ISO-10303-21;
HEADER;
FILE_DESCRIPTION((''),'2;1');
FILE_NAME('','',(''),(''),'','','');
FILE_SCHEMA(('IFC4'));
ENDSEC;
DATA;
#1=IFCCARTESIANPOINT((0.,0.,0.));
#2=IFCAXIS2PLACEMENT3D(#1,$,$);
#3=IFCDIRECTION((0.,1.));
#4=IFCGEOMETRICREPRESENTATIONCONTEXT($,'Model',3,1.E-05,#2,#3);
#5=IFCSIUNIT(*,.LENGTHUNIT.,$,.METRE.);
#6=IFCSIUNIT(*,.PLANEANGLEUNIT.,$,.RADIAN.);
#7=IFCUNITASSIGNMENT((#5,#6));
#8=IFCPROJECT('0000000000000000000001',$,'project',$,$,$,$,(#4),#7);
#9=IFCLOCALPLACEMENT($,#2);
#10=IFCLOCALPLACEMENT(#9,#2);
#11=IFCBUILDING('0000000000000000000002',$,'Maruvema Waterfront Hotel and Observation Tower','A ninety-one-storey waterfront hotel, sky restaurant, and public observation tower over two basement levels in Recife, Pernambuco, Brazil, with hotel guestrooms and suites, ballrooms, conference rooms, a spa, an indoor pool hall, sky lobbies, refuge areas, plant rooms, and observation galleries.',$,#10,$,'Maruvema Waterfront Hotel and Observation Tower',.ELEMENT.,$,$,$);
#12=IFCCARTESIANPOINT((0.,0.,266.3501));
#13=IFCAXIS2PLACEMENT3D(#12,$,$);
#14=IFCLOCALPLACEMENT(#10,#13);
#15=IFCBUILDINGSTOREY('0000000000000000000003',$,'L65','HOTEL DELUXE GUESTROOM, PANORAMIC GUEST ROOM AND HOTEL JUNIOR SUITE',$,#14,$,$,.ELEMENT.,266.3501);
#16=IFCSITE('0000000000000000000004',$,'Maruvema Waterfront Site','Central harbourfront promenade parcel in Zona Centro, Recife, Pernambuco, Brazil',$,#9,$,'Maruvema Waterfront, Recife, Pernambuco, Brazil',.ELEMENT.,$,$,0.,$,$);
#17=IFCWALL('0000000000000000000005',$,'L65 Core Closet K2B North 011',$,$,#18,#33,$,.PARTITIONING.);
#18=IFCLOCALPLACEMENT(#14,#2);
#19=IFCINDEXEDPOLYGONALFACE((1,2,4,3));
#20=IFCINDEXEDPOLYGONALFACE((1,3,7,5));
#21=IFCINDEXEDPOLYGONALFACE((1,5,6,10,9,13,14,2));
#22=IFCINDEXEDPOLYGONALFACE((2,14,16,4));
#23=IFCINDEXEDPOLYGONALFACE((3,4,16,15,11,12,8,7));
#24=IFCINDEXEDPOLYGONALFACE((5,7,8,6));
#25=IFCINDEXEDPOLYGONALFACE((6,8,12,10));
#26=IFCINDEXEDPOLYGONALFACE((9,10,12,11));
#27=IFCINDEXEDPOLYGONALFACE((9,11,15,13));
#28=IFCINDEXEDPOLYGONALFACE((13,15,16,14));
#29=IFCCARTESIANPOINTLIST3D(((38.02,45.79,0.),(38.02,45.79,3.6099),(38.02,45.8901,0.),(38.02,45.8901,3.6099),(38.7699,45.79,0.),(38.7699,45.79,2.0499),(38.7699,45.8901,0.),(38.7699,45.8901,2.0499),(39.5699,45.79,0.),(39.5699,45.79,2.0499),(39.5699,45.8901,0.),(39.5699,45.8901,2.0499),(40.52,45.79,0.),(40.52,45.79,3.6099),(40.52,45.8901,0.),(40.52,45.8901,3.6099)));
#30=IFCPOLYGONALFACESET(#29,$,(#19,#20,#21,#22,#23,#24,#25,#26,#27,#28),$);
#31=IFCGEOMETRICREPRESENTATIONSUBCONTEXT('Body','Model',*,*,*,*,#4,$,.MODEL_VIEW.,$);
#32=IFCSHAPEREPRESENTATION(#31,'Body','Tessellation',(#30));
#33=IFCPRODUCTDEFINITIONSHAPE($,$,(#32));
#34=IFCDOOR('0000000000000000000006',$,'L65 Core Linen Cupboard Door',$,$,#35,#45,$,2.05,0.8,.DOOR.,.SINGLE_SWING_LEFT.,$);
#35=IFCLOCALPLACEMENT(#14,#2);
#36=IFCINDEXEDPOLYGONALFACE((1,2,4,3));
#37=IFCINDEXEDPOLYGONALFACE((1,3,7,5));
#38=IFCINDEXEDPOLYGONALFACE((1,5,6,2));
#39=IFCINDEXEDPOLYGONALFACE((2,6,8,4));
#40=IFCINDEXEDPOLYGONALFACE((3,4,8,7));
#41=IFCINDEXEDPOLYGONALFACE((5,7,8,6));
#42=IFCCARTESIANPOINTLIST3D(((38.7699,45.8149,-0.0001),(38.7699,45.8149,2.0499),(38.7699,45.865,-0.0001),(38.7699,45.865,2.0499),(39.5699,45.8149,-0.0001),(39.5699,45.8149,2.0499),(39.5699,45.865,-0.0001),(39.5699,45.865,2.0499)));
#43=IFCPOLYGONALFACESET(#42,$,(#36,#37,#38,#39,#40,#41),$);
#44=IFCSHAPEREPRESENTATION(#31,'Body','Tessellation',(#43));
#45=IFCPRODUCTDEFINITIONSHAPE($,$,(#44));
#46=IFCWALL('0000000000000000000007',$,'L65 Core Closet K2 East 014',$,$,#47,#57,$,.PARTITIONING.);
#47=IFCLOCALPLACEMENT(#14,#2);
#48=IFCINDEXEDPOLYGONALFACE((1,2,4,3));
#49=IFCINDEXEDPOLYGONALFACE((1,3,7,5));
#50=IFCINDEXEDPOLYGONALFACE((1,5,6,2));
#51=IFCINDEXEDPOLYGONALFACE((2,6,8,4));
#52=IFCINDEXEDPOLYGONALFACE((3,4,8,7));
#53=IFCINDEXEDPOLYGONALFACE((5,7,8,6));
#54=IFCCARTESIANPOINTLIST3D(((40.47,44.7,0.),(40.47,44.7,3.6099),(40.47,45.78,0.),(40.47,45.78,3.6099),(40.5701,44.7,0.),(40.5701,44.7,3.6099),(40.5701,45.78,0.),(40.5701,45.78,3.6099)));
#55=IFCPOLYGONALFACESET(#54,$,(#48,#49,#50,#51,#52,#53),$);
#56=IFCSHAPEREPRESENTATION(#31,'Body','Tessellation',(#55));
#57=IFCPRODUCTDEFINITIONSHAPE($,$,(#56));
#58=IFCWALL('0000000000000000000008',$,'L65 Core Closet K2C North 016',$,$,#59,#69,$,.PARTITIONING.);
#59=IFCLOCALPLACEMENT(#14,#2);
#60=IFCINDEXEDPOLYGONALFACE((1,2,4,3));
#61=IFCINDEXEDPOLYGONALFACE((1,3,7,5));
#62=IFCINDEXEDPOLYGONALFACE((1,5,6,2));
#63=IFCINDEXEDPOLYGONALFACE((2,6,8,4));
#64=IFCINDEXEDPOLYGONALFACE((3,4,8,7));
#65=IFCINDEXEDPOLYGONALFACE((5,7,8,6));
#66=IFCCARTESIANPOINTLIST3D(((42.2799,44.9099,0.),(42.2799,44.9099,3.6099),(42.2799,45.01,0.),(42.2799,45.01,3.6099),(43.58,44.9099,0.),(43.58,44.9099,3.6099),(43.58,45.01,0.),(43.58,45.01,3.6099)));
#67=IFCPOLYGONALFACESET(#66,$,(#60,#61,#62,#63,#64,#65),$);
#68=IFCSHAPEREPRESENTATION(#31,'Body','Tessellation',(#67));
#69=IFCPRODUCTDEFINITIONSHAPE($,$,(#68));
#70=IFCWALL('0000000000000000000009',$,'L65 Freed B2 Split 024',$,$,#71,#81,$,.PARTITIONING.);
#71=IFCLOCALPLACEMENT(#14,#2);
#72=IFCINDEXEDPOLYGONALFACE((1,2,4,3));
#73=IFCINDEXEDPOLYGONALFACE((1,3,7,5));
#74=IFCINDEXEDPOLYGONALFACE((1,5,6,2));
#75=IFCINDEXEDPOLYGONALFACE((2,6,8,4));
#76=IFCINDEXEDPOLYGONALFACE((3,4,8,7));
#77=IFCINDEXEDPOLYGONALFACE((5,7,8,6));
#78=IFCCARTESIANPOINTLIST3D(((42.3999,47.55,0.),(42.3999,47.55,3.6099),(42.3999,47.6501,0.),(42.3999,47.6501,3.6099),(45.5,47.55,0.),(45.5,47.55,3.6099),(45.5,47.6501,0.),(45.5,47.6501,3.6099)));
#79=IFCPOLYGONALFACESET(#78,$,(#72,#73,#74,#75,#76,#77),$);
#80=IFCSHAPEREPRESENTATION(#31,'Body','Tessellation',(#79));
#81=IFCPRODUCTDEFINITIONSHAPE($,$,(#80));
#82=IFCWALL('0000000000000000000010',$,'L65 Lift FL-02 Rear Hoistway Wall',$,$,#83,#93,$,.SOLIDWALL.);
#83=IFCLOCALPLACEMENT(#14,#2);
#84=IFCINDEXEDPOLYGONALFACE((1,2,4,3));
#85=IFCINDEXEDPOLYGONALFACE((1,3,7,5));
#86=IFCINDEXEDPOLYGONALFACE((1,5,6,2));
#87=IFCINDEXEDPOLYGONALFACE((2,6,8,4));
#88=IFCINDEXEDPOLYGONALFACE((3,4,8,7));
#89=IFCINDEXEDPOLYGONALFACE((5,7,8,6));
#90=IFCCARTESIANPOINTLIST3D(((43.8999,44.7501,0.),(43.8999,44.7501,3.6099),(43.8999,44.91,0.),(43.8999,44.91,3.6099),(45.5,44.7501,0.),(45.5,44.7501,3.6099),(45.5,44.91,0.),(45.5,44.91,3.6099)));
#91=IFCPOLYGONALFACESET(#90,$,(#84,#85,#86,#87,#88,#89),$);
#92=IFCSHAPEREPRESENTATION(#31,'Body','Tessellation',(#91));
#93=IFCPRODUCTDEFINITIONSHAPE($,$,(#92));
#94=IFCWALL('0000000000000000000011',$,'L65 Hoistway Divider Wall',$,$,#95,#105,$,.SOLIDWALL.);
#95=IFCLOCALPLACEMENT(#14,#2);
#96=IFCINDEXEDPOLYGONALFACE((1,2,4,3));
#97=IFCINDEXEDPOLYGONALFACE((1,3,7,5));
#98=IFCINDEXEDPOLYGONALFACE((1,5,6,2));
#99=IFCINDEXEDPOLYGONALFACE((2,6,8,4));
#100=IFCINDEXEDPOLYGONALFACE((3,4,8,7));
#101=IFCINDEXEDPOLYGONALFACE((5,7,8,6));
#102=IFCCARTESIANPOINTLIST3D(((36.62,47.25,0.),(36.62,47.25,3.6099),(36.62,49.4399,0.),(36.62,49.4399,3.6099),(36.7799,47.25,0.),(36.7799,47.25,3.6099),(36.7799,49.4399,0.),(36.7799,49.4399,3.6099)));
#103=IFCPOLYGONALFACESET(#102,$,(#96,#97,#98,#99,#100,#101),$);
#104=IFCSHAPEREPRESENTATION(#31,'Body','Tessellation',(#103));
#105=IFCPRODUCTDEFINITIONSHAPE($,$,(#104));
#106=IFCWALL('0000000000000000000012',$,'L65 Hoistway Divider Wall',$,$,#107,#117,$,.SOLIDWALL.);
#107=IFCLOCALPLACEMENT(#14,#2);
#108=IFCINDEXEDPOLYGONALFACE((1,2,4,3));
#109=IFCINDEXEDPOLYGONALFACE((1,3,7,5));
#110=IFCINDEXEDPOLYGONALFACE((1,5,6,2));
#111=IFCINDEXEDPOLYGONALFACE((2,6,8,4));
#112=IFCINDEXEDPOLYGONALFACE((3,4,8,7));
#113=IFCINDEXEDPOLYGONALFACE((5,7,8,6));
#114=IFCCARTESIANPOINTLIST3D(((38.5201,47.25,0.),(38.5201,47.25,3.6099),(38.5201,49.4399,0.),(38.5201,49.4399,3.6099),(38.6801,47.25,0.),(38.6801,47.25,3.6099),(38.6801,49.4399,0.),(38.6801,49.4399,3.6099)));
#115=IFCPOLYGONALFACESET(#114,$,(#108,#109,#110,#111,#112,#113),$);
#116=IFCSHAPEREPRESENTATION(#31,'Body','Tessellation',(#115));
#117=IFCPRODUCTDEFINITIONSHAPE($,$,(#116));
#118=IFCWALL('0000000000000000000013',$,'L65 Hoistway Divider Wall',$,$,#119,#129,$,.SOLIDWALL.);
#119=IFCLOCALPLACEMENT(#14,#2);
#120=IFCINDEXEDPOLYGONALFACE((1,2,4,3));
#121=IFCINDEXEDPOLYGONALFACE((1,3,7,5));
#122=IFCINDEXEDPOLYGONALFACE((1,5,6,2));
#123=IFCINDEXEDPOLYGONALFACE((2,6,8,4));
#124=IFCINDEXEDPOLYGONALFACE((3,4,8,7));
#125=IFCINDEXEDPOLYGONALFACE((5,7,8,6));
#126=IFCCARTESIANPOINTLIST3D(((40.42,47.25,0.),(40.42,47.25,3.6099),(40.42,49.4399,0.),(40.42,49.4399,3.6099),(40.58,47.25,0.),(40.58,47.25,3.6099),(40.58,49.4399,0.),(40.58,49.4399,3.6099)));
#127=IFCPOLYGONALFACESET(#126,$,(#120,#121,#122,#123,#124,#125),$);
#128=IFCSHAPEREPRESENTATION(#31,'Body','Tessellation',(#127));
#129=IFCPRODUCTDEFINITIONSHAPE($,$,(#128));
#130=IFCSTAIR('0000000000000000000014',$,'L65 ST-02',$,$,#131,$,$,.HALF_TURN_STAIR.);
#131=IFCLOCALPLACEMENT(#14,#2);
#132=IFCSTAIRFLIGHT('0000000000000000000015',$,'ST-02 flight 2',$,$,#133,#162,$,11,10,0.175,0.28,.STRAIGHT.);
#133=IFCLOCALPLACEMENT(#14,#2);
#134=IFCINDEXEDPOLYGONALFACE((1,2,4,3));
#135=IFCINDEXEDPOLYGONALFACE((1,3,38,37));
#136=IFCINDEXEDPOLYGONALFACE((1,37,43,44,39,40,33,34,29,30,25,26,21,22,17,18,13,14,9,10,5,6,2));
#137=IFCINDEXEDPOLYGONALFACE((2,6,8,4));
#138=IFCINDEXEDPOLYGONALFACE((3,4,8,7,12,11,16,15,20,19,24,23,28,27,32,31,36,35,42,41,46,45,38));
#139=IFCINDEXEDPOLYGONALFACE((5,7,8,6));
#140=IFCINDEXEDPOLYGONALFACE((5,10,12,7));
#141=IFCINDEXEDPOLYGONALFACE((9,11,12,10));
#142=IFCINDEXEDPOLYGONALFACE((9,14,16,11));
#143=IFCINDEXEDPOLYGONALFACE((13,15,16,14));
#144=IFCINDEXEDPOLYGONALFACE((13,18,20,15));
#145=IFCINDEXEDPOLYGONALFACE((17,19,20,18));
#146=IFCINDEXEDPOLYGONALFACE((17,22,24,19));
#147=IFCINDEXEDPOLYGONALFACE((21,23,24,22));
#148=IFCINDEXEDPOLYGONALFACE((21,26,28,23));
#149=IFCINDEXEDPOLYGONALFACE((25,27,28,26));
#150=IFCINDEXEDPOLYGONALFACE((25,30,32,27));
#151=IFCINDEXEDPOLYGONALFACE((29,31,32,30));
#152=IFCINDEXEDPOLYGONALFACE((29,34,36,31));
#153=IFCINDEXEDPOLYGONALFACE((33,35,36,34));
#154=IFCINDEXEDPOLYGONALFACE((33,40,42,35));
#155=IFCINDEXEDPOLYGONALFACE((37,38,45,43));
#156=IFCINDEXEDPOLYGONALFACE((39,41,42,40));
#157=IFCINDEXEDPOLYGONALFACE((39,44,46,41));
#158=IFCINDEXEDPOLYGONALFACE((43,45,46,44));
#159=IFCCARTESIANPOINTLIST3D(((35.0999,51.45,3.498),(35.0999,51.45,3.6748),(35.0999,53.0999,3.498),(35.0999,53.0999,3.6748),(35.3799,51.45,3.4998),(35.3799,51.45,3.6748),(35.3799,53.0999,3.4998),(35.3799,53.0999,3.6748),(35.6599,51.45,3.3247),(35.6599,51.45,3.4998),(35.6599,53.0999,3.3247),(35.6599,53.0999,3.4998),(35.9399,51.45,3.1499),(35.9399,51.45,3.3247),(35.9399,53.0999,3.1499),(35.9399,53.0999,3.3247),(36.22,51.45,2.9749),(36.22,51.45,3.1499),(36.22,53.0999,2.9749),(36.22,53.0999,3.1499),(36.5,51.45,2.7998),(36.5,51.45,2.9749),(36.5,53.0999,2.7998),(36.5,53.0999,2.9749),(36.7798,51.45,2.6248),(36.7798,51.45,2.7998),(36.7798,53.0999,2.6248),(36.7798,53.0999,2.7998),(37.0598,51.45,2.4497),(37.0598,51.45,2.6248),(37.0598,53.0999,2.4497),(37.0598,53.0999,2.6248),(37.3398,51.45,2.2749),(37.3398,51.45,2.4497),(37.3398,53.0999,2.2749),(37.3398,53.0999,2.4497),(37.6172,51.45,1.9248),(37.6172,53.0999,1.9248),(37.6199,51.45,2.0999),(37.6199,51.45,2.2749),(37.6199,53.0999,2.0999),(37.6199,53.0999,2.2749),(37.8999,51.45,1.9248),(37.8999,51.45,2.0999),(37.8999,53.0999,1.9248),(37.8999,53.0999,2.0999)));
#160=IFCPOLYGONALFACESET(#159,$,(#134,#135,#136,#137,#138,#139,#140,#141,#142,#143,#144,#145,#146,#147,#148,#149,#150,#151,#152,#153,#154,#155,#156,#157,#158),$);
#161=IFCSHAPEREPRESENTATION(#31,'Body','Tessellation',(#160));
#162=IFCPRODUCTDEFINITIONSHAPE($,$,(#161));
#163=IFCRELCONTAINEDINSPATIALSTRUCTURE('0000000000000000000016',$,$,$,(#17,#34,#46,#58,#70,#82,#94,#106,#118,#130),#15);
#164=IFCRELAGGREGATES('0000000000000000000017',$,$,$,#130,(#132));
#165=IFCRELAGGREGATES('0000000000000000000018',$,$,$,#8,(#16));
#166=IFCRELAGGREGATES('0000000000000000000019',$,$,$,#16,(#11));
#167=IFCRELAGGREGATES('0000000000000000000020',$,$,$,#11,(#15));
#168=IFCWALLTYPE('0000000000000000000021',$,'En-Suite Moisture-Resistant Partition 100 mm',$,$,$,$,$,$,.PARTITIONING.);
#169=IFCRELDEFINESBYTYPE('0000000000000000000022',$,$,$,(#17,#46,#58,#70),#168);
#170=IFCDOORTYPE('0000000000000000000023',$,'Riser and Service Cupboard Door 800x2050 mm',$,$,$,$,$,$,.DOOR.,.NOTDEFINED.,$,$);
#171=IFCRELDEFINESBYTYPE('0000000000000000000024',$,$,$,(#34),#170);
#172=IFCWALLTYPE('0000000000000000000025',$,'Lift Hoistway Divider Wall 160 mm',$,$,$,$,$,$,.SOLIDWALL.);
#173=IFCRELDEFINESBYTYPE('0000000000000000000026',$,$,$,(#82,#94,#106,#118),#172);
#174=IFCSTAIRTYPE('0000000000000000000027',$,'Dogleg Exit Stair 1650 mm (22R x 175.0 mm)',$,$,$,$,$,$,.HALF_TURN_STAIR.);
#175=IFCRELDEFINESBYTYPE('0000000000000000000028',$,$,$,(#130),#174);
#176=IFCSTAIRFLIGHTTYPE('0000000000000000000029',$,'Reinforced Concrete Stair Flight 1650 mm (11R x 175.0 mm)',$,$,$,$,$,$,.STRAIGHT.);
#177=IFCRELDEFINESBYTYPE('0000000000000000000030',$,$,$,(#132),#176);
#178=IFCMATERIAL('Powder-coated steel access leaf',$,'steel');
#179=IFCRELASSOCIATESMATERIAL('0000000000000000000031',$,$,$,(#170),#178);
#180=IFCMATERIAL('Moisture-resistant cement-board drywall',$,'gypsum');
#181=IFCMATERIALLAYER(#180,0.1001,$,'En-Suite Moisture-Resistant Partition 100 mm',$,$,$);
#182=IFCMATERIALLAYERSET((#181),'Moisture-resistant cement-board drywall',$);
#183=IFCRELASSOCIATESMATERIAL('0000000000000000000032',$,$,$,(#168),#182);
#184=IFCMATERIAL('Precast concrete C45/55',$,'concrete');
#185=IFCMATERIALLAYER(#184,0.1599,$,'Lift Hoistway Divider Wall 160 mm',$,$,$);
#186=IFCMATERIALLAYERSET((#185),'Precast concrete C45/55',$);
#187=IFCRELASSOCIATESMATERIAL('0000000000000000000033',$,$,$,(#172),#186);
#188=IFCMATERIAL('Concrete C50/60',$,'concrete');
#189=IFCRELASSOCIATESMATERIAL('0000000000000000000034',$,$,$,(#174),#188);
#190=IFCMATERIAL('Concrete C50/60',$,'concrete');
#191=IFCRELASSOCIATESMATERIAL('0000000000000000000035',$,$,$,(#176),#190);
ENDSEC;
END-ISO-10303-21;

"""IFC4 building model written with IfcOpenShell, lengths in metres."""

from ifc_helpers import new_model, si_unit, direction, frame, frame_2d, origin, place, context, subcontext, project, spatial, polyline, rectangle, outline, extrude, material, layer, layer_set, type_object, element, fill, aggregate, save


model = new_model("IFC4")

# Units and contexts
model_context = context("Model", 3, precision=1e-05, world=origin(), true_north=direction((0.0, 1.0)))
body_context = subcontext(model_context, "Body", "Model", "MODEL_VIEW")
ifc_project = project(units=[si_unit("LENGTHUNIT", "METRE"), si_unit("PLANEANGLEUNIT", "RADIAN")], contexts=[model_context])

# Site, building, storey
site_placement = place(None, origin())
site = spatial("IfcSite", under=ifc_project, at=site_placement, Name="Maruvema Waterfront Site", Description="Central harbourfront promenade parcel in Zona Centro, Recife, Pernambuco, Brazil", LongName="Maruvema Waterfront, Recife, Pernambuco, Brazil", CompositionType="ELEMENT", RefElevation=0.0)
building_placement = place(site_placement, origin())
building = spatial("IfcBuilding", under=site, at=building_placement, Name="Maruvema Waterfront Hotel and Observation Tower", Description="A ninety-one-storey waterfront hotel, sky restaurant, and public observation tower over two basement levels in Recife, Pernambuco, Brazil, with hotel guestrooms and suites, ballrooms, conference rooms, a spa, an indoor pool hall, sky lobbies, refuge areas, plant rooms, and observation galleries.", LongName="Maruvema Waterfront Hotel and Observation Tower", CompositionType="ELEMENT")
storey_placement = place(building_placement, frame((0.0, 0.0, 266.3501)))
storey = spatial("IfcBuildingStorey", under=building, at=storey_placement, Name="L65", Description="HOTEL DELUXE GUESTROOM, PANORAMIC GUEST ROOM AND HOTEL JUNIOR SUITE", CompositionType="ELEMENT", Elevation=266.3501)

# Shared definitions
ifc_material_1 = material(Name="Powder-coated steel access leaf", Category="steel")
door_type = type_object("IfcDoorType", Name="Riser and Service Cupboard Door 800x2050 mm", OperationType="NOTDEFINED", PredefinedType="DOOR", material=ifc_material_1)

# Wall, opening, door
ifc_material_2 = material(Name="Moisture-resistant cement-board drywall", Category="gypsum")
ifc_layer_1 = layer(ifc_material_2, 0.1001, Name="En-Suite Moisture-Resistant Partition 100 mm")
ifc_layer_set_1 = layer_set([ifc_layer_1], Name="Moisture-resistant cement-board drywall")
wall_type_1 = type_object("IfcWallType", Name="En-Suite Moisture-Resistant Partition 100 mm", PredefinedType="PARTITIONING", material=ifc_layer_set_1)
wall_1_placement = place(storey_placement, frame((38.02, 45.8401, 0.0), z_axis=(0.0, 0.0, 1.0), x_axis=(1.0, 0.0, 0.0)))
wall_1 = element("IfcWall", 1, at=wall_1_placement, inside=storey, type_object=wall_type_1, Name="L65 Core Closet K2B North 011", PredefinedType="PARTITIONING", context=body_context, shape_type="SweptSolid", body=[
    extrude(rectangle(XDim=2.5, YDim=0.1001, at=frame_2d((1.25, 0.0))), origin(), (0.0, 0.0, 1.0), 3.6099),
])
opening_1_placement = place(wall_1_placement, frame((0.75, 0.0, 0.0)))
opening_1 = element("IfcOpeningElement", 2, at=opening_1_placement, cuts=wall_1, PredefinedType="OPENING", context=body_context, shape_type="SweptSolid", body=[
    extrude(rectangle(XDim=0.8, YDim=2.05, at=frame_2d((0.3999, 1.0249))), frame((0.0, 0.0601, 0.0), z_axis=(0.0, -1.0, 0.0), x_axis=(1.0, 0.0, 0.0)), (0.0, 0.0, 1.0), 0.1201),
])
door_1_placement = place(opening_1_placement, origin())
door_1 = element("IfcDoor", 3, at=door_1_placement, inside=storey, type_object=door_type, Name="L65 Core Linen Cupboard Door", OperationType="SINGLE_SWING_LEFT", OverallHeight=2.05, OverallWidth=0.8, PredefinedType="DOOR", context=body_context, shape_type="SweptSolid", body=[
    extrude(rectangle(XDim=0.8, YDim=2.05, at=frame_2d((0.3999, 1.0249))), frame((0.0, 0.0249, 0.0), z_axis=(0.0, -1.0, 0.0), x_axis=(1.0, 0.0, 0.0)), (0.0, 0.0, 1.0), 0.05),
])
fill(opening_1, door_1)

# Walls
wall_2_placement = place(storey_placement, frame((40.52, 44.7, 0.0), z_axis=(0.0, 0.0, 1.0), x_axis=(0.0, 1.0, 0.0)))
element("IfcWall", 4, at=wall_2_placement, inside=storey, type_object=wall_type_1, Name="L65 Core Closet K2 East 014", PredefinedType="PARTITIONING", context=body_context, shape_type="SweptSolid", body=[
    extrude(rectangle(XDim=1.0801, YDim=0.1001, at=frame_2d((0.54, 0.0))), origin(), (0.0, 0.0, 1.0), 3.6099),
])
wall_3_placement = place(storey_placement, frame((42.28, 44.96, 0.0), z_axis=(0.0, 0.0, 1.0), x_axis=(1.0, 0.0, 0.0)))
element("IfcWall", 5, at=wall_3_placement, inside=storey, type_object=wall_type_1, Name="L65 Core Closet K2C North 016", PredefinedType="PARTITIONING", context=body_context, shape_type="SweptSolid", body=[
    extrude(rectangle(XDim=1.3, YDim=0.1001, at=frame_2d((0.6499, 0.0))), origin(), (0.0, 0.0, 1.0), 3.6099),
])
wall_4_placement = place(storey_placement, frame((42.3999, 47.6001, 0.0), z_axis=(0.0, 0.0, 1.0), x_axis=(1.0, 0.0, 0.0)))
element("IfcWall", 6, at=wall_4_placement, inside=storey, type_object=wall_type_1, Name="L65 Freed B2 Split 024", PredefinedType="PARTITIONING", context=body_context, shape_type="SweptSolid", body=[
    extrude(rectangle(XDim=3.1001, YDim=0.1001, at=frame_2d((1.55, 0.0))), origin(), (0.0, 0.0, 1.0), 3.6099),
])
ifc_material_3 = material(Name="Precast concrete C45/55", Category="concrete")
ifc_layer_2 = layer(ifc_material_3, 0.1599, Name="Lift Hoistway Divider Wall 160 mm")
ifc_layer_set_2 = layer_set([ifc_layer_2], Name="Precast concrete C45/55")
wall_type_2 = type_object("IfcWallType", Name="Lift Hoistway Divider Wall 160 mm", PredefinedType="SOLIDWALL", material=ifc_layer_set_2)
wall_5_placement = place(storey_placement, frame((43.8999, 44.8301, 0.0), z_axis=(0.0, 0.0, 1.0), x_axis=(1.0, 0.0, 0.0)))
element("IfcWall", 7, at=wall_5_placement, inside=storey, type_object=wall_type_2, Name="L65 Lift FL-02 Rear Hoistway Wall", PredefinedType="SOLIDWALL", context=body_context, shape_type="SweptSolid", body=[
    extrude(rectangle(XDim=1.6001, YDim=0.1599, at=frame_2d((0.8, 0.0))), origin(), (0.0, 0.0, 1.0), 3.6099),
])
for number, where, z_axis, x_axis, name in (
    (8, (36.7, 47.25, 0.0), (0.0, 0.0, 1.0), (0.0, 1.0, 0.0), "L65 Hoistway Divider Wall"),
    (9, (38.6001, 47.25, 0.0), (0.0, 0.0, 1.0), (0.0, 1.0, 0.0), "L65 Hoistway Divider Wall"),
    (10, (40.5, 47.25, 0.0), (0.0, 0.0, 1.0), (0.0, 1.0, 0.0), "L65 Hoistway Divider Wall"),
):
    element("IfcWall", number, at=place(storey_placement, frame(where, z_axis=z_axis, x_axis=x_axis)), inside=storey, type_object=wall_type_2, Name=name, PredefinedType="SOLIDWALL", context=body_context, shape_type="SweptSolid", body=[
        extrude(rectangle(XDim=2.1899, YDim=0.1599, at=frame_2d((1.095, 0.0))), origin(), (0.0, 0.0, 1.0), 3.6099),
    ])

# Stair, stair flight
ifc_material_4 = material(Name="Concrete C50/60", Category="concrete")
stair_type = type_object("IfcStairType", Name="Dogleg Exit Stair 1650 mm (22R x 175.0 mm)", PredefinedType="HALF_TURN_STAIR", material=ifc_material_4)
stair_placement = place(storey_placement, origin())
stair = element("IfcStair", 11, at=stair_placement, inside=storey, type_object=stair_type, Name="L65 ST-02", PredefinedType="HALF_TURN_STAIR")
ifc_material_5 = material(Name="Concrete C50/60", Category="concrete")
stair_flight_type = type_object("IfcStairFlightType", Name="Reinforced Concrete Stair Flight 1650 mm (11R x 175.0 mm)", PredefinedType="STRAIGHT", material=ifc_material_5)
stair_flight_placement = place(storey_placement, frame((37.8999, 52.2749, 1.9248), z_axis=(0.0, 0.0, 1.0), x_axis=(-1.0, 0.0, 0.0)))
stair_flight = element("IfcStairFlight", 12, at=stair_flight_placement, type_object=stair_flight_type, Name="ST-02 flight 2", NumberOfRisers=11, NumberOfTreads=10, PredefinedType="STRAIGHT", RiserHeight=0.175, TreadLength=0.28, context=body_context, shape_type="SweptSolid", body=[
    extrude(outline(polyline([(0.0, 0.0), (0.0, 0.175), (0.28, 0.175), (0.28, 0.3501), (0.5601, 0.3501), (0.5601, 0.5249), (0.8401, 0.5249), (0.8401, 0.7), (1.1201, 0.7), (1.1201, 0.875), (1.3999, 0.875), (1.3999, 1.05), (1.6799, 1.05), (1.6799, 1.2251), (1.96, 1.2251), (1.96, 1.3999), (2.24, 1.3999), (2.24, 1.575), (2.52, 1.575), (2.52, 1.75), (2.8, 1.75), (2.8, 1.925), (2.8, 1.5732), (0.2827, 0.0), (0.0, 0.0)])), frame((0.0, 0.825, 0.0), z_axis=(0.0, -1.0, 0.0), x_axis=(1.0, 0.0, 0.0)), (0.0, 0.0, 1.0), 1.6499),
])
aggregate(stair, [stair_flight])

save(model, "model.ifc")
